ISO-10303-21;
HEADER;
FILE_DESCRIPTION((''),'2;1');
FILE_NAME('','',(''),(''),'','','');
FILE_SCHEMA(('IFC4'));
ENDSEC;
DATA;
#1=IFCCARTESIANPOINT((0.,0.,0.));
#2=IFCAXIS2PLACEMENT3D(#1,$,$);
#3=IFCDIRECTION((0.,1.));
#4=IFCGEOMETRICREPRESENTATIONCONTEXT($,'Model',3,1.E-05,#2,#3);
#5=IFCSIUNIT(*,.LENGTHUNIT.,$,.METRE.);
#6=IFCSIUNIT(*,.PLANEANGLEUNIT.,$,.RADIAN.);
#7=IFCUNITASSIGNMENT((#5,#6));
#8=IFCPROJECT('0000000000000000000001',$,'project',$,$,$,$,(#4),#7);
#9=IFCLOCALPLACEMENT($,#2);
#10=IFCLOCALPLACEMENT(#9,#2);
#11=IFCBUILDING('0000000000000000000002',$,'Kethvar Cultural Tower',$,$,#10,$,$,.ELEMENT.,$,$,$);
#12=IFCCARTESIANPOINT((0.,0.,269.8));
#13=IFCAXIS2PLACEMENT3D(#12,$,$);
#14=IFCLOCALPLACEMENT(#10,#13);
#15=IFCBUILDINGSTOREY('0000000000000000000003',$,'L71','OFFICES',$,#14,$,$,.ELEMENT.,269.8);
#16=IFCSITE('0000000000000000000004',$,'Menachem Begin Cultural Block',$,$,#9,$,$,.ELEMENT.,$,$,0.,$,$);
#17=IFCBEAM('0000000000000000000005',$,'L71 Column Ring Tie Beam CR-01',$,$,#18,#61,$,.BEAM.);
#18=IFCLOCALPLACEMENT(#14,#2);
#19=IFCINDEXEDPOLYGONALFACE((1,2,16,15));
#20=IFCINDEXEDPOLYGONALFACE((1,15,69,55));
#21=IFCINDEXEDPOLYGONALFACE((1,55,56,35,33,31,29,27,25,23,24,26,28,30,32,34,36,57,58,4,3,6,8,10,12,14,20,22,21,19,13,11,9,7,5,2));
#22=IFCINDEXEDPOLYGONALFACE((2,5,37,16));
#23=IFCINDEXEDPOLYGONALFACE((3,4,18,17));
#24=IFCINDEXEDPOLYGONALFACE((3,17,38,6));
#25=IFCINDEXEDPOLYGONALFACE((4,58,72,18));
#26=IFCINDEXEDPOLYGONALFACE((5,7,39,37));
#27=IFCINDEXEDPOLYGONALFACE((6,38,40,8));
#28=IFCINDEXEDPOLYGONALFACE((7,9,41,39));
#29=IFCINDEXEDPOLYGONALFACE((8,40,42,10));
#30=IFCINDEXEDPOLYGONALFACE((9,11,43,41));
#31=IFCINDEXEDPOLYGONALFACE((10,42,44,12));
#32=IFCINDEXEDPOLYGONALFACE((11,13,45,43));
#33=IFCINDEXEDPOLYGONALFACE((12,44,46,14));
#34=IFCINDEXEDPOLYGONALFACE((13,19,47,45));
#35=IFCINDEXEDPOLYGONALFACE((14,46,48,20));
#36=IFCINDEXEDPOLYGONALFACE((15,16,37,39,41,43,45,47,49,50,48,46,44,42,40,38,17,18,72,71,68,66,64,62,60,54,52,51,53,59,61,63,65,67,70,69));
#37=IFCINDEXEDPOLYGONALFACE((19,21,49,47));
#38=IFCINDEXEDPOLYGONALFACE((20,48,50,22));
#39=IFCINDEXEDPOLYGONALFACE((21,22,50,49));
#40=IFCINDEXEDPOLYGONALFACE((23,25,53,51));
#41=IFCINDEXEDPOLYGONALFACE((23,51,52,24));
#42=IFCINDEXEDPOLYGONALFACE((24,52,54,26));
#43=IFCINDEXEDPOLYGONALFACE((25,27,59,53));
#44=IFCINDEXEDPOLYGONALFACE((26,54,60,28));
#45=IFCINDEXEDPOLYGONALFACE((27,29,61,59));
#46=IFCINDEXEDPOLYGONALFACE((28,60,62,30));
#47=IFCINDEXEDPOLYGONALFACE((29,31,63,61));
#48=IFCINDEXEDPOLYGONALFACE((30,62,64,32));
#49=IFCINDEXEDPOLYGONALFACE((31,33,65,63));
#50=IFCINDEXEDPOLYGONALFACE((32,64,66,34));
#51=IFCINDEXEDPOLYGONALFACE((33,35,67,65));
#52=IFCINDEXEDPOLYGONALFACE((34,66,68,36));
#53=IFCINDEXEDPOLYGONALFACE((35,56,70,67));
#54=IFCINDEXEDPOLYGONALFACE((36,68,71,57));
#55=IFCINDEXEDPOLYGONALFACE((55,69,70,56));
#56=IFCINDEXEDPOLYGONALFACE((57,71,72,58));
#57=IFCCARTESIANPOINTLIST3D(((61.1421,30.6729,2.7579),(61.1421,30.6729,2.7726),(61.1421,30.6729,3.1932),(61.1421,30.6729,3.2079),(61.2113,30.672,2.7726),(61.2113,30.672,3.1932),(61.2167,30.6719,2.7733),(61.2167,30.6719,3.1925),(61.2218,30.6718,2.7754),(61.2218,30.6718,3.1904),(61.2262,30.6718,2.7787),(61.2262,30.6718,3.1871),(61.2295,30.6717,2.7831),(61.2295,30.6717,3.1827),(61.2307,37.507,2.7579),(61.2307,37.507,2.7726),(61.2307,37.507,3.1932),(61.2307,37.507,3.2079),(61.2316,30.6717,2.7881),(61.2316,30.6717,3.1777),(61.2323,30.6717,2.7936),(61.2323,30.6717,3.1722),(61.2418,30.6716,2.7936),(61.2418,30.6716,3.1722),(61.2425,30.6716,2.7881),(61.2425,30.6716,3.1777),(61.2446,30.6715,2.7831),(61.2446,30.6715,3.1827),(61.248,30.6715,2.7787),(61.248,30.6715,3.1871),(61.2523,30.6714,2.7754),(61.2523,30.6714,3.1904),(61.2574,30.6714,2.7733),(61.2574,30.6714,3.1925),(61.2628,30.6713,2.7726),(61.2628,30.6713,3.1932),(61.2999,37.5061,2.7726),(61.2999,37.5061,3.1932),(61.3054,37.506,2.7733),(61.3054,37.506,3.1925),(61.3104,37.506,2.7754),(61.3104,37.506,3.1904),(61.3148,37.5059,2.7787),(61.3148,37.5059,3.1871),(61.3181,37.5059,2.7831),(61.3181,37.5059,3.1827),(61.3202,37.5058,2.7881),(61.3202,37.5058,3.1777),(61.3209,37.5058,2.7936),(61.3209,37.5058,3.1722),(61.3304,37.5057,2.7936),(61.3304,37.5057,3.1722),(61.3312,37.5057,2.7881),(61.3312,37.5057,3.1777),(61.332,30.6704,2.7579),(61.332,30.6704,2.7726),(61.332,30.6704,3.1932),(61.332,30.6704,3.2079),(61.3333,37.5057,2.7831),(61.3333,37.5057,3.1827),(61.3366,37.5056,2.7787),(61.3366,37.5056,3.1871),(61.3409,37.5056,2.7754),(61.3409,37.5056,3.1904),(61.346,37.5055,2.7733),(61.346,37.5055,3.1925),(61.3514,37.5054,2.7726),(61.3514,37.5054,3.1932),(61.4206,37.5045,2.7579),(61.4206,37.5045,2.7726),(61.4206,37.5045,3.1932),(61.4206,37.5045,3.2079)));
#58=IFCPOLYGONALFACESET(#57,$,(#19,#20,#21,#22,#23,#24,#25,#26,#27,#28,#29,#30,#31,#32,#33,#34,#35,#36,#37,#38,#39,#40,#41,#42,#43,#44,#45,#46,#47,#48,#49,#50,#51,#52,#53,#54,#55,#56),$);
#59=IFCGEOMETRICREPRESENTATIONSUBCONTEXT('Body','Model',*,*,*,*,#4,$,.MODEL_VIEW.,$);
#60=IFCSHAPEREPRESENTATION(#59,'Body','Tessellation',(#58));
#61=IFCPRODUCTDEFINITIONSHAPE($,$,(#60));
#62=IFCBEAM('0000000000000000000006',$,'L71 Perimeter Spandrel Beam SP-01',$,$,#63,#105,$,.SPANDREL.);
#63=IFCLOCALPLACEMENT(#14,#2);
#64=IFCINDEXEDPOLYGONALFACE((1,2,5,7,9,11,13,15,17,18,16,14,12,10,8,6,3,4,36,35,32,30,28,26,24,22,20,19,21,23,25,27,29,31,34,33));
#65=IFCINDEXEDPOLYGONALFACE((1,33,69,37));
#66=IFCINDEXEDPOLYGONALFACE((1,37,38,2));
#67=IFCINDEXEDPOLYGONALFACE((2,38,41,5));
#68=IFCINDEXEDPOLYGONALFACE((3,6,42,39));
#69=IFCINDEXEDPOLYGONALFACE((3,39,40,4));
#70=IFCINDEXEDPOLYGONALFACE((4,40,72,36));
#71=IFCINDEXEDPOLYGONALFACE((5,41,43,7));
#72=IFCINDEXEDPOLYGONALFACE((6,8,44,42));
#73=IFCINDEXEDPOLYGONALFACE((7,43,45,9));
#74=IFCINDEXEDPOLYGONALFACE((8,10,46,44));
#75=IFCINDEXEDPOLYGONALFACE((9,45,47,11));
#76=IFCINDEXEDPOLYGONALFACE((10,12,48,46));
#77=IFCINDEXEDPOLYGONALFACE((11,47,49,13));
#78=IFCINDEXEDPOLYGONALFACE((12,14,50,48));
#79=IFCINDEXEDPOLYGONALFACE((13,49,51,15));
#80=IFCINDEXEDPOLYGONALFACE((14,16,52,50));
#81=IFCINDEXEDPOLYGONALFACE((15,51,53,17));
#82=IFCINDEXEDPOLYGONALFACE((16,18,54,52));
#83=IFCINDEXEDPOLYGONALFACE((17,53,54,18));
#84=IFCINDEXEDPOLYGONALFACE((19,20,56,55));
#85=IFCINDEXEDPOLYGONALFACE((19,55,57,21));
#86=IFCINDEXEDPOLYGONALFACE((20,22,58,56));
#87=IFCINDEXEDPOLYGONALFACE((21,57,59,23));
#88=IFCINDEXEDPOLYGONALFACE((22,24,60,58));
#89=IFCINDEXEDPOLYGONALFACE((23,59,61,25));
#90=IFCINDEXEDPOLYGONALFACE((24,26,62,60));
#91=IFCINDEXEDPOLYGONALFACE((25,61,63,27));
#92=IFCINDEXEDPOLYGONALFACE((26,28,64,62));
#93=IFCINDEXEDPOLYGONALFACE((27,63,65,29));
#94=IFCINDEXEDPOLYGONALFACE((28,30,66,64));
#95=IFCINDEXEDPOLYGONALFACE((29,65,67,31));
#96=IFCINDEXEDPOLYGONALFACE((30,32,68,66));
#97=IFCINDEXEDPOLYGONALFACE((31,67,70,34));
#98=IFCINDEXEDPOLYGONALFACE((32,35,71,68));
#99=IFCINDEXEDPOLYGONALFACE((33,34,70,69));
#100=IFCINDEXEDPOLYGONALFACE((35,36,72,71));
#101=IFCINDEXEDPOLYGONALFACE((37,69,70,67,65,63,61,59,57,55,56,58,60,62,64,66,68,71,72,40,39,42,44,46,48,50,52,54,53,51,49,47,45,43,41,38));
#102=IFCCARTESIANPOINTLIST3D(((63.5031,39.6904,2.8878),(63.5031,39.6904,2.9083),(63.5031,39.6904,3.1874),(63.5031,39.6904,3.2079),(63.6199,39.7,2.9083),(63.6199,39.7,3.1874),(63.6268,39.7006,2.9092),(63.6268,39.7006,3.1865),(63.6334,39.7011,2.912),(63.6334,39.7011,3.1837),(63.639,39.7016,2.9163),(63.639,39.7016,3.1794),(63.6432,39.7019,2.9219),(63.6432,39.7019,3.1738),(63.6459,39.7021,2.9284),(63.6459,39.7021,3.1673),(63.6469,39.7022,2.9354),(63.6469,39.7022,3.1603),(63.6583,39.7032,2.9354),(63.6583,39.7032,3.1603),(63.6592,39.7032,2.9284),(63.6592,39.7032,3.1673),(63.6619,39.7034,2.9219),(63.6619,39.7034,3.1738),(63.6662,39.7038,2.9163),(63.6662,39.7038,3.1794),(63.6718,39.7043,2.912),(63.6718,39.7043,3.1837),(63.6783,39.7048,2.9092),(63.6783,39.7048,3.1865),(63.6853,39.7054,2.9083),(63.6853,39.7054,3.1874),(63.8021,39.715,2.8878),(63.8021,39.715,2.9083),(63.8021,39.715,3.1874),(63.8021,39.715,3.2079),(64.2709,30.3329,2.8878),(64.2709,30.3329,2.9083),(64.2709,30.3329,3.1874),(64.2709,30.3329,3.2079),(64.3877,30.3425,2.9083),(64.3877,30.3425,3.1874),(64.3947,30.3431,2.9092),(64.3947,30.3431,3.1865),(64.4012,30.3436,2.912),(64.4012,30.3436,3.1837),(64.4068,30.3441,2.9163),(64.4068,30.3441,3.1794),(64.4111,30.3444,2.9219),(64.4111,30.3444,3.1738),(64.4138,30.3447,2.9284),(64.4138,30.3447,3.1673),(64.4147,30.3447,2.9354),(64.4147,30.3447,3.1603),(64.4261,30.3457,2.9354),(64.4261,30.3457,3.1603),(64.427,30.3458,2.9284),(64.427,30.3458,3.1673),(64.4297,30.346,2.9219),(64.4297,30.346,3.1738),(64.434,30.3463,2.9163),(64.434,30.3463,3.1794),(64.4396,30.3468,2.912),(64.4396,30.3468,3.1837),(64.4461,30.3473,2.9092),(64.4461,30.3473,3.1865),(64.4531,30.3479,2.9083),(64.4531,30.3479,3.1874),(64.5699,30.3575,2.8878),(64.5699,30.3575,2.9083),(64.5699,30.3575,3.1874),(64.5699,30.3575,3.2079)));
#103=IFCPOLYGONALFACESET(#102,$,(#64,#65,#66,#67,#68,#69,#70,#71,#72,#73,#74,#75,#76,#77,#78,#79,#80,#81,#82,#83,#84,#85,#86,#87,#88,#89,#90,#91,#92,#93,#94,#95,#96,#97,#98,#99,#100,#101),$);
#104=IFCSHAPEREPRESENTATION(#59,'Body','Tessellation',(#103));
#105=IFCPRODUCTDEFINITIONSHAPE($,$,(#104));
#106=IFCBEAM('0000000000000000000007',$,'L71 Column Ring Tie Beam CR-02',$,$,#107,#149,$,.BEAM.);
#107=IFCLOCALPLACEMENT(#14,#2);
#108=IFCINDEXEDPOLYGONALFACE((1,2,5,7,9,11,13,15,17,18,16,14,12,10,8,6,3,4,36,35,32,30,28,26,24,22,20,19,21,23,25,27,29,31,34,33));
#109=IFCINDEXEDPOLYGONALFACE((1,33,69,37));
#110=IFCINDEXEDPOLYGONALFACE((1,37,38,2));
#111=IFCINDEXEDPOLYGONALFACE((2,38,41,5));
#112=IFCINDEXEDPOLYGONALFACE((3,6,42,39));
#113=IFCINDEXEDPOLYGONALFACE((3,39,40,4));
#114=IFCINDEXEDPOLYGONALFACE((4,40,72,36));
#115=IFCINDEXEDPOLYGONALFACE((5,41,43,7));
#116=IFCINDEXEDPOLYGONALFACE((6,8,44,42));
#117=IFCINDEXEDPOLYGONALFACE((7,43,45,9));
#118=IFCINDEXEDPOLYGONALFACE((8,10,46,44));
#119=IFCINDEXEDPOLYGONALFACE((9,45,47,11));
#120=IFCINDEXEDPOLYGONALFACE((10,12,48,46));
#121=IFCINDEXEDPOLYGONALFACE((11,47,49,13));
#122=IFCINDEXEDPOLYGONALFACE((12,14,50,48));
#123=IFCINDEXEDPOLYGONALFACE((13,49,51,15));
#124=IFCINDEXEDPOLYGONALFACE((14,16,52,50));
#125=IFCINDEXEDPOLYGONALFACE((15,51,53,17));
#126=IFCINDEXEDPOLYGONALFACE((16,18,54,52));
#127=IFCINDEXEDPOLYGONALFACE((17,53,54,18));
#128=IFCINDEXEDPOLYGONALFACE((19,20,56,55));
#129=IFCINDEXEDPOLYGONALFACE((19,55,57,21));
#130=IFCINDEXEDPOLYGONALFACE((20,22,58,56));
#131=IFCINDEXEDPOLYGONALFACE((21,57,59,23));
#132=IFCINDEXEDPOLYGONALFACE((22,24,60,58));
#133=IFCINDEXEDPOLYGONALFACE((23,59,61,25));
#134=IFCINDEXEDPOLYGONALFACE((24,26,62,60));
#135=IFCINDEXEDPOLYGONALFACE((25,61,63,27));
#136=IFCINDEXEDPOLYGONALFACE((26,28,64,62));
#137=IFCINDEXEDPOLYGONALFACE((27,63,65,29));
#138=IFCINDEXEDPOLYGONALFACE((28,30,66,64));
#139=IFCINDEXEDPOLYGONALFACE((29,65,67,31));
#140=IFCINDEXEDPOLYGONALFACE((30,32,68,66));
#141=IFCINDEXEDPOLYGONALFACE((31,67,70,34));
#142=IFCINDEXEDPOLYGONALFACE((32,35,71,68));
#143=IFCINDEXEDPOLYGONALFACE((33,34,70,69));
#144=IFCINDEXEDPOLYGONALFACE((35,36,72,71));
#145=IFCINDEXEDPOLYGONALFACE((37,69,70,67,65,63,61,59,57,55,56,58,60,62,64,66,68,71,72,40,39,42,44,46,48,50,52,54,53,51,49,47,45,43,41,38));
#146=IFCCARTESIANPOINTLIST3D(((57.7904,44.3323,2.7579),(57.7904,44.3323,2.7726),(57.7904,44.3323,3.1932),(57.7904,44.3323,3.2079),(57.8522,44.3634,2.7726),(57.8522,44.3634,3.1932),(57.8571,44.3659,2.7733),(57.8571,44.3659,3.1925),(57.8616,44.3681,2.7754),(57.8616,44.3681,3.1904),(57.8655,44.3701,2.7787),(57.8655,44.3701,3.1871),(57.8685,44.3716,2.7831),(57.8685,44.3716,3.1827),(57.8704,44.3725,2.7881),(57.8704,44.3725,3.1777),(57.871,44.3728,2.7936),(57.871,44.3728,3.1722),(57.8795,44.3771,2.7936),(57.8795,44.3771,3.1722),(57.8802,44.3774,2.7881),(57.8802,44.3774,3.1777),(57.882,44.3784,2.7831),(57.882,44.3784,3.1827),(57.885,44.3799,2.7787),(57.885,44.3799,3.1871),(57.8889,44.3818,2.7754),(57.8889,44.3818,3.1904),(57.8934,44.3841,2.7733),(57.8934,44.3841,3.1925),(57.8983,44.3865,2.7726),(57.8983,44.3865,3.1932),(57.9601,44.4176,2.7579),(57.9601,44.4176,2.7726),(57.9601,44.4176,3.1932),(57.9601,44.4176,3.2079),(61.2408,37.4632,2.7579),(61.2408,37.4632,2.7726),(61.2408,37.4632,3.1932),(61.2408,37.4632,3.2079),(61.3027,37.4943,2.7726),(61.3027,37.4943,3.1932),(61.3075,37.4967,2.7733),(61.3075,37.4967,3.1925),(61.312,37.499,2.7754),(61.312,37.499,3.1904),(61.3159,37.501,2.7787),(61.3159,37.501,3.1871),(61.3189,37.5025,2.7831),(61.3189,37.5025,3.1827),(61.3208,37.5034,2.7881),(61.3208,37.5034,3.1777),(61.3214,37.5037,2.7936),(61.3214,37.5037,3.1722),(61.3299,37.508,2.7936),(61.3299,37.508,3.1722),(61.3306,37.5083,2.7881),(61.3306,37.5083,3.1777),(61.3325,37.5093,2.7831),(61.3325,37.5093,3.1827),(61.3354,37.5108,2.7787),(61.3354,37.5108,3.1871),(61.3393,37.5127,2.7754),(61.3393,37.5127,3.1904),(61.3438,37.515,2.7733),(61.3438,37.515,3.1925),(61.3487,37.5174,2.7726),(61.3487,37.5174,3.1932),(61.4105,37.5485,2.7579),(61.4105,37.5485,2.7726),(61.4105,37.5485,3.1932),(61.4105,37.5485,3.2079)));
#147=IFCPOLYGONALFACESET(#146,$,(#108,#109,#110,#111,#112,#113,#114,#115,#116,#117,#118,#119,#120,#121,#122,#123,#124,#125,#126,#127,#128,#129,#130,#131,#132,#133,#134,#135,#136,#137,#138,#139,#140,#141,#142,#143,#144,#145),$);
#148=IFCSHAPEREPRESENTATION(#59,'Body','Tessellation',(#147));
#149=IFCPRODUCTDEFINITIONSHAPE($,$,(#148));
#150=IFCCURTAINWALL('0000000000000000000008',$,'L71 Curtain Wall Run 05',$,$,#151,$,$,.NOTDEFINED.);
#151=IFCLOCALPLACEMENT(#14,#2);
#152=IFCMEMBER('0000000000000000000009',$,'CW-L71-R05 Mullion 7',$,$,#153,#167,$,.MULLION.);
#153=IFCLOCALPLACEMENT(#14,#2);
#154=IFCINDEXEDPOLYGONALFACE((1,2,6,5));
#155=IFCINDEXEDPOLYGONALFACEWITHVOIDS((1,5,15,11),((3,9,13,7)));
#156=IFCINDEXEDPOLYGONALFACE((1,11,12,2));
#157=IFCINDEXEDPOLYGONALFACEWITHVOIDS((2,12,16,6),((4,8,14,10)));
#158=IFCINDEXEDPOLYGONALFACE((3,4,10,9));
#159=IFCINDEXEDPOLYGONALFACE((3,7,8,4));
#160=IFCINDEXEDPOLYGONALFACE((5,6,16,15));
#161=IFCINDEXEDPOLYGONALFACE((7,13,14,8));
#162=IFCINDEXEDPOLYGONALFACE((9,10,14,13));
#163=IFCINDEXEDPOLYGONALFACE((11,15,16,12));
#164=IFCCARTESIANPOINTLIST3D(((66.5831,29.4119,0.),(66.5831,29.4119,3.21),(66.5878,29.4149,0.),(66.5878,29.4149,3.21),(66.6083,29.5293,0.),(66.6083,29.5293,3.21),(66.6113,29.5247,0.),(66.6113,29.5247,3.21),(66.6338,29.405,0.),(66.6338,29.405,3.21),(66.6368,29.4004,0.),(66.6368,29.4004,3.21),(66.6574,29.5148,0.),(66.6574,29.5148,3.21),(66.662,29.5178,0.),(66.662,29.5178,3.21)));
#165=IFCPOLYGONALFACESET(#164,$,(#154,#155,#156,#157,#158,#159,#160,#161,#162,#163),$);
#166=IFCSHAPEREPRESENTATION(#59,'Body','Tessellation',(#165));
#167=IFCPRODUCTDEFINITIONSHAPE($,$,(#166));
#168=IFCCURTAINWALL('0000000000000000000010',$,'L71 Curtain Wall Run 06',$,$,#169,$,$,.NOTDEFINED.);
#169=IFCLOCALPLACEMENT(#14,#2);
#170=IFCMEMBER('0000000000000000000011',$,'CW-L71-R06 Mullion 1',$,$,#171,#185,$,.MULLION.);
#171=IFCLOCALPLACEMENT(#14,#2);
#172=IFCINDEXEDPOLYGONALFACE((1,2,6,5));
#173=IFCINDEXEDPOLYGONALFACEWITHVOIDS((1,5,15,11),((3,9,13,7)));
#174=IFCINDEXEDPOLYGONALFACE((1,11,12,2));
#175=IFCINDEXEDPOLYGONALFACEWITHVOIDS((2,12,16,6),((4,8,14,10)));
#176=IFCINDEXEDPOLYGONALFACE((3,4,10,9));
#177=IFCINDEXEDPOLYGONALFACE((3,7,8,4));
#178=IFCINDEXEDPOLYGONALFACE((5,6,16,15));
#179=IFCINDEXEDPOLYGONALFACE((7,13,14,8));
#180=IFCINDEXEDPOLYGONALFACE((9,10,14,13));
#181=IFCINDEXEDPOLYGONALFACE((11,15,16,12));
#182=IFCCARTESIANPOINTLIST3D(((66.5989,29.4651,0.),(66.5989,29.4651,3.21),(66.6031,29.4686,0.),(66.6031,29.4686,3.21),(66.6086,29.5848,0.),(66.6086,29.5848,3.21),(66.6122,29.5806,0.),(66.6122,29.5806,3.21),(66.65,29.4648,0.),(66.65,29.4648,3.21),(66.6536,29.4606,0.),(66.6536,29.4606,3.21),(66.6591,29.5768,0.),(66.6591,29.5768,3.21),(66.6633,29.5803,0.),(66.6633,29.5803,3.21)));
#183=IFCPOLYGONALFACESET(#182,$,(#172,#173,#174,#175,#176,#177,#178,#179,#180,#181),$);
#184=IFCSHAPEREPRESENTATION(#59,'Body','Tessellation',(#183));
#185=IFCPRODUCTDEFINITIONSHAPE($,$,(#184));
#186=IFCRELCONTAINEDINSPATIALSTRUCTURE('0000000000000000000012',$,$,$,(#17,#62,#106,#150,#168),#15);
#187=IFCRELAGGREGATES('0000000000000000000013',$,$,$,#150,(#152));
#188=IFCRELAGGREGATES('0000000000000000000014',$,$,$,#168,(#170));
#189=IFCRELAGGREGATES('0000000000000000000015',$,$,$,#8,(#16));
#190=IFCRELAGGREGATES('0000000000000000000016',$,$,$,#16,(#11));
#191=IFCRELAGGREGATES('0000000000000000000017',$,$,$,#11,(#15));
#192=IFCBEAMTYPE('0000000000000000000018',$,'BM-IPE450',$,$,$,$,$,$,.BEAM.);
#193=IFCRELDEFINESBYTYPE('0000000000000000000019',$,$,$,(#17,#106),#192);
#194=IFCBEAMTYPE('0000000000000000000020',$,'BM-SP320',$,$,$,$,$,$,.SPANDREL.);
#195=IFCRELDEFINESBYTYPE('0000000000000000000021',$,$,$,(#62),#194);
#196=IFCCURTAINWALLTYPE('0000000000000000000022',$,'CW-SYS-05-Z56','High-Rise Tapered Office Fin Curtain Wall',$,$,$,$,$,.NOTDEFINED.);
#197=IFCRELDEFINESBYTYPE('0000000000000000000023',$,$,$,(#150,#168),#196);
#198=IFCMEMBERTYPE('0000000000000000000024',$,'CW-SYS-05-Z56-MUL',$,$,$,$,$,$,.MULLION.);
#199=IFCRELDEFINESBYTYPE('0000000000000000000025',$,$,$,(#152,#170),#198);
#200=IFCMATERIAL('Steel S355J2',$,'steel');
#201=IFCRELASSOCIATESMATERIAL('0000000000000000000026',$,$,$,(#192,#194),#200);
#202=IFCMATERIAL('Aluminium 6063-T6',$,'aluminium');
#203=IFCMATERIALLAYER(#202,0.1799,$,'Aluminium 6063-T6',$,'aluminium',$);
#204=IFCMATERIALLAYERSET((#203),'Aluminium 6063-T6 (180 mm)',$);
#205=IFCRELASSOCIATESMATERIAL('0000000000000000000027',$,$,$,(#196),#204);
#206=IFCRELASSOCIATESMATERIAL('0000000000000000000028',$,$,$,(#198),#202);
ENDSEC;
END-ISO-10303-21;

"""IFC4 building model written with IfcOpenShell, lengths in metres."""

from ifc_helpers import new_model, si_unit, direction, frame, origin, origin_2d, place, context, subcontext, project, spatial, hollow_rectangle, i_section, extrude, source, transform, mapped, material, layer, layer_set, material_profile, profile_set, type_object, element, aggregate, save


model = new_model("IFC4")

# Units and contexts
model_context = context("Model", 3, precision=1e-05, world=origin(), true_north=direction((0.0, 1.0)))
body_context = subcontext(model_context, "Body", "Model", "MODEL_VIEW")
ifc_project = project(units=[si_unit("LENGTHUNIT", "METRE"), si_unit("PLANEANGLEUNIT", "RADIAN")], contexts=[model_context])

# Site, building, storey
site_placement = place(None, origin())
site = spatial("IfcSite", under=ifc_project, at=site_placement, Name="Menachem Begin Cultural Block", CompositionType="ELEMENT", RefElevation=0.0)
building_placement = place(site_placement, origin())
building = spatial("IfcBuilding", under=site, at=building_placement, Name="Kethvar Cultural Tower", CompositionType="ELEMENT")
storey_placement = place(building_placement, frame((0.0, 0.0, 269.8)))
storey = spatial("IfcBuildingStorey", under=building, at=storey_placement, Name="L71", Description="OFFICES", CompositionType="ELEMENT", Elevation=269.8)

# Shared definitions
ifc_material_1 = material(Name="Steel S355J2", Category="steel")

# Beams
ifc_material_profile_1 = material_profile(ifc_material_1, i_section(OverallWidth=0.1899, OverallDepth=0.45, WebThickness=0.0095, FlangeThickness=0.0146, FilletRadius=0.021, at=origin_2d()), Name="Steel S355J2 — IPE450")
ifc_profile_set_1 = profile_set([ifc_material_profile_1], Name="Steel S355J2 — IPE450")
beam_type_1 = type_object("IfcBeamType", Name="BM-IPE450", PredefinedType="BEAM", material=ifc_profile_set_1)
shared_shape_1 = source(origin(), body_context, "Body", "SweptSolid", [
    extrude(i_section(OverallWidth=0.1899, OverallDepth=0.45, WebThickness=0.0095, FlangeThickness=0.0146, FilletRadius=0.021, at=origin_2d()), origin(), (0.0, 0.0, 1.0), 6.8347),
])
beam_1_placement = place(storey_placement, frame((61.2371, 30.6716, 2.9829), z_axis=(0.012966, 0.999916, 0.0), x_axis=(-0.999916, 0.012966, 0.0)))
element("IfcBeam", 1, at=beam_1_placement, inside=storey, type_object=beam_type_1, Name="L71 Column Ring Tie Beam CR-01", PredefinedType="BEAM", context=body_context, shape_type="MappedRepresentation", body=[
    mapped(shared_shape_1, transform((0.0, 0.0, 0.0), scale=1.0)),
])
ifc_material_profile_2 = material_profile(ifc_material_1, i_section(OverallWidth=0.3, OverallDepth=0.3201, WebThickness=0.0115, FlangeThickness=0.0205, FilletRadius=0.0271, at=origin_2d()), Name="Steel S355J2 — HEB320")
ifc_profile_set_2 = profile_set([ifc_material_profile_2], Name="Steel S355J2 — HEB320")
beam_type_2 = type_object("IfcBeamType", Name="BM-SP320", PredefinedType="SPANDREL", material=ifc_profile_set_2)
shared_shape_2 = source(origin(), body_context, "Body", "SweptSolid", [
    extrude(i_section(OverallWidth=0.3, OverallDepth=0.3201, WebThickness=0.0115, FlangeThickness=0.0205, FilletRadius=0.0271, at=origin_2d()), origin(), (0.0, 0.0, 1.0), 9.3889),
])
beam_2_placement = place(storey_placement, frame((64.4204, 30.3452, 3.0479), z_axis=(-0.08178, 0.99665, 0.0), x_axis=(-0.99665, -0.08178, 0.0)))
element("IfcBeam", 2, at=beam_2_placement, inside=storey, type_object=beam_type_2, Name="L71 Perimeter Spandrel Beam SP-01", PredefinedType="SPANDREL", context=body_context, shape_type="MappedRepresentation", body=[
    mapped(shared_shape_2, transform((0.0, 0.0, 0.0), scale=1.0)),
])
shared_shape_3 = source(origin(), body_context, "Body", "SweptSolid", [
    extrude(i_section(OverallWidth=0.1899, OverallDepth=0.45, WebThickness=0.0095, FlangeThickness=0.0146, FilletRadius=0.021, at=origin_2d()), origin(), (0.0, 0.0, 1.0), 7.687),
])
beam_3_placement = place(storey_placement, frame((61.3257, 37.5059, 2.9829), z_axis=(-0.448864, 0.8936, 0.0), x_axis=(-0.8936, -0.448864, 0.0)))
element("IfcBeam", 3, at=beam_3_placement, inside=storey, type_object=beam_type_1, Name="L71 Column Ring Tie Beam CR-02", PredefinedType="BEAM", context=body_context, shape_type="MappedRepresentation", body=[
    mapped(shared_shape_3, transform((0.0, 0.0, 0.0), scale=1.0)),
])

# Curtain wall, member
ifc_material_2 = material(Name="Aluminium 6063-T6", Category="aluminium")
ifc_layer_1 = layer(ifc_material_2, 0.1799, Name="Aluminium 6063-T6", Category="aluminium")
ifc_layer_set_1 = layer_set([ifc_layer_1], Name="Aluminium 6063-T6 (180 mm)")
curtain_wall_type = type_object("IfcCurtainWallType", Name="CW-SYS-05-Z56", Description="High-Rise Tapered Office Fin Curtain Wall", PredefinedType="NOTDEFINED", material=ifc_layer_set_1)
curtain_wall_1_placement = place(storey_placement, origin())
curtain_wall_1 = element("IfcCurtainWall", 4, at=curtain_wall_1_placement, inside=storey, type_object=curtain_wall_type, Name="L71 Curtain Wall Run 05", PredefinedType="NOTDEFINED")
ifc_material_profile_3 = material_profile(ifc_material_2, hollow_rectangle(XDim=0.0549, YDim=0.1201, WallThickness=0.0039, at=origin_2d()), Name="Aluminium 6063-T6 — RHS120x55x4")
ifc_profile_set_3 = profile_set([ifc_material_profile_3], Name="Aluminium 6063-T6 — RHS120x55x4")
member_type_1 = type_object("IfcMemberType", Name="CW-SYS-05-Z56-MUL", PredefinedType="MULLION", material=ifc_profile_set_3)
shared_shape_4 = source(origin(), body_context, "Body", "SweptSolid", [
    extrude(hollow_rectangle(XDim=0.0549, YDim=0.1201, WallThickness=0.0039, at=origin_2d()), origin(), (0.0, 0.0, 1.0), 3.21),
])
member_1_placement = place(storey_placement, frame((66.6226, 29.4648, 0.0), z_axis=(0.0, 0.0, 1.0), x_axis=(-0.977834, 0.20938, 0.0)))
member_1 = element("IfcMember", 5, at=member_1_placement, type_object=member_type_1, Name="CW-L71-R05 Mullion 7", PredefinedType="MULLION", context=body_context, shape_type="MappedRepresentation", body=[
    mapped(shared_shape_4, transform((0.0, 0.0, 0.0), scale=1.0)),
])
aggregate(curtain_wall_1, [member_1])

# Curtain wall, member
curtain_wall_2_placement = place(storey_placement, origin())
curtain_wall_2 = element("IfcCurtainWall", 6, at=curtain_wall_2_placement, inside=storey, type_object=curtain_wall_type, Name="L71 Curtain Wall Run 06", PredefinedType="NOTDEFINED")
member_2_placement = place(storey_placement, frame((66.6311, 29.5227, 0.0), z_axis=(0.0, 0.0, 1.0), x_axis=(-0.996721, 0.080912, 0.0)))
member_2 = element("IfcMember", 7, at=member_2_placement, type_object=member_type_1, Name="CW-L71-R06 Mullion 1", PredefinedType="MULLION", context=body_context, shape_type="MappedRepresentation", body=[
    mapped(shared_shape_4, transform((0.0, 0.0, 0.0), scale=1.0)),
])
aggregate(curtain_wall_2, [member_2])

save(model, "model.ifc")
